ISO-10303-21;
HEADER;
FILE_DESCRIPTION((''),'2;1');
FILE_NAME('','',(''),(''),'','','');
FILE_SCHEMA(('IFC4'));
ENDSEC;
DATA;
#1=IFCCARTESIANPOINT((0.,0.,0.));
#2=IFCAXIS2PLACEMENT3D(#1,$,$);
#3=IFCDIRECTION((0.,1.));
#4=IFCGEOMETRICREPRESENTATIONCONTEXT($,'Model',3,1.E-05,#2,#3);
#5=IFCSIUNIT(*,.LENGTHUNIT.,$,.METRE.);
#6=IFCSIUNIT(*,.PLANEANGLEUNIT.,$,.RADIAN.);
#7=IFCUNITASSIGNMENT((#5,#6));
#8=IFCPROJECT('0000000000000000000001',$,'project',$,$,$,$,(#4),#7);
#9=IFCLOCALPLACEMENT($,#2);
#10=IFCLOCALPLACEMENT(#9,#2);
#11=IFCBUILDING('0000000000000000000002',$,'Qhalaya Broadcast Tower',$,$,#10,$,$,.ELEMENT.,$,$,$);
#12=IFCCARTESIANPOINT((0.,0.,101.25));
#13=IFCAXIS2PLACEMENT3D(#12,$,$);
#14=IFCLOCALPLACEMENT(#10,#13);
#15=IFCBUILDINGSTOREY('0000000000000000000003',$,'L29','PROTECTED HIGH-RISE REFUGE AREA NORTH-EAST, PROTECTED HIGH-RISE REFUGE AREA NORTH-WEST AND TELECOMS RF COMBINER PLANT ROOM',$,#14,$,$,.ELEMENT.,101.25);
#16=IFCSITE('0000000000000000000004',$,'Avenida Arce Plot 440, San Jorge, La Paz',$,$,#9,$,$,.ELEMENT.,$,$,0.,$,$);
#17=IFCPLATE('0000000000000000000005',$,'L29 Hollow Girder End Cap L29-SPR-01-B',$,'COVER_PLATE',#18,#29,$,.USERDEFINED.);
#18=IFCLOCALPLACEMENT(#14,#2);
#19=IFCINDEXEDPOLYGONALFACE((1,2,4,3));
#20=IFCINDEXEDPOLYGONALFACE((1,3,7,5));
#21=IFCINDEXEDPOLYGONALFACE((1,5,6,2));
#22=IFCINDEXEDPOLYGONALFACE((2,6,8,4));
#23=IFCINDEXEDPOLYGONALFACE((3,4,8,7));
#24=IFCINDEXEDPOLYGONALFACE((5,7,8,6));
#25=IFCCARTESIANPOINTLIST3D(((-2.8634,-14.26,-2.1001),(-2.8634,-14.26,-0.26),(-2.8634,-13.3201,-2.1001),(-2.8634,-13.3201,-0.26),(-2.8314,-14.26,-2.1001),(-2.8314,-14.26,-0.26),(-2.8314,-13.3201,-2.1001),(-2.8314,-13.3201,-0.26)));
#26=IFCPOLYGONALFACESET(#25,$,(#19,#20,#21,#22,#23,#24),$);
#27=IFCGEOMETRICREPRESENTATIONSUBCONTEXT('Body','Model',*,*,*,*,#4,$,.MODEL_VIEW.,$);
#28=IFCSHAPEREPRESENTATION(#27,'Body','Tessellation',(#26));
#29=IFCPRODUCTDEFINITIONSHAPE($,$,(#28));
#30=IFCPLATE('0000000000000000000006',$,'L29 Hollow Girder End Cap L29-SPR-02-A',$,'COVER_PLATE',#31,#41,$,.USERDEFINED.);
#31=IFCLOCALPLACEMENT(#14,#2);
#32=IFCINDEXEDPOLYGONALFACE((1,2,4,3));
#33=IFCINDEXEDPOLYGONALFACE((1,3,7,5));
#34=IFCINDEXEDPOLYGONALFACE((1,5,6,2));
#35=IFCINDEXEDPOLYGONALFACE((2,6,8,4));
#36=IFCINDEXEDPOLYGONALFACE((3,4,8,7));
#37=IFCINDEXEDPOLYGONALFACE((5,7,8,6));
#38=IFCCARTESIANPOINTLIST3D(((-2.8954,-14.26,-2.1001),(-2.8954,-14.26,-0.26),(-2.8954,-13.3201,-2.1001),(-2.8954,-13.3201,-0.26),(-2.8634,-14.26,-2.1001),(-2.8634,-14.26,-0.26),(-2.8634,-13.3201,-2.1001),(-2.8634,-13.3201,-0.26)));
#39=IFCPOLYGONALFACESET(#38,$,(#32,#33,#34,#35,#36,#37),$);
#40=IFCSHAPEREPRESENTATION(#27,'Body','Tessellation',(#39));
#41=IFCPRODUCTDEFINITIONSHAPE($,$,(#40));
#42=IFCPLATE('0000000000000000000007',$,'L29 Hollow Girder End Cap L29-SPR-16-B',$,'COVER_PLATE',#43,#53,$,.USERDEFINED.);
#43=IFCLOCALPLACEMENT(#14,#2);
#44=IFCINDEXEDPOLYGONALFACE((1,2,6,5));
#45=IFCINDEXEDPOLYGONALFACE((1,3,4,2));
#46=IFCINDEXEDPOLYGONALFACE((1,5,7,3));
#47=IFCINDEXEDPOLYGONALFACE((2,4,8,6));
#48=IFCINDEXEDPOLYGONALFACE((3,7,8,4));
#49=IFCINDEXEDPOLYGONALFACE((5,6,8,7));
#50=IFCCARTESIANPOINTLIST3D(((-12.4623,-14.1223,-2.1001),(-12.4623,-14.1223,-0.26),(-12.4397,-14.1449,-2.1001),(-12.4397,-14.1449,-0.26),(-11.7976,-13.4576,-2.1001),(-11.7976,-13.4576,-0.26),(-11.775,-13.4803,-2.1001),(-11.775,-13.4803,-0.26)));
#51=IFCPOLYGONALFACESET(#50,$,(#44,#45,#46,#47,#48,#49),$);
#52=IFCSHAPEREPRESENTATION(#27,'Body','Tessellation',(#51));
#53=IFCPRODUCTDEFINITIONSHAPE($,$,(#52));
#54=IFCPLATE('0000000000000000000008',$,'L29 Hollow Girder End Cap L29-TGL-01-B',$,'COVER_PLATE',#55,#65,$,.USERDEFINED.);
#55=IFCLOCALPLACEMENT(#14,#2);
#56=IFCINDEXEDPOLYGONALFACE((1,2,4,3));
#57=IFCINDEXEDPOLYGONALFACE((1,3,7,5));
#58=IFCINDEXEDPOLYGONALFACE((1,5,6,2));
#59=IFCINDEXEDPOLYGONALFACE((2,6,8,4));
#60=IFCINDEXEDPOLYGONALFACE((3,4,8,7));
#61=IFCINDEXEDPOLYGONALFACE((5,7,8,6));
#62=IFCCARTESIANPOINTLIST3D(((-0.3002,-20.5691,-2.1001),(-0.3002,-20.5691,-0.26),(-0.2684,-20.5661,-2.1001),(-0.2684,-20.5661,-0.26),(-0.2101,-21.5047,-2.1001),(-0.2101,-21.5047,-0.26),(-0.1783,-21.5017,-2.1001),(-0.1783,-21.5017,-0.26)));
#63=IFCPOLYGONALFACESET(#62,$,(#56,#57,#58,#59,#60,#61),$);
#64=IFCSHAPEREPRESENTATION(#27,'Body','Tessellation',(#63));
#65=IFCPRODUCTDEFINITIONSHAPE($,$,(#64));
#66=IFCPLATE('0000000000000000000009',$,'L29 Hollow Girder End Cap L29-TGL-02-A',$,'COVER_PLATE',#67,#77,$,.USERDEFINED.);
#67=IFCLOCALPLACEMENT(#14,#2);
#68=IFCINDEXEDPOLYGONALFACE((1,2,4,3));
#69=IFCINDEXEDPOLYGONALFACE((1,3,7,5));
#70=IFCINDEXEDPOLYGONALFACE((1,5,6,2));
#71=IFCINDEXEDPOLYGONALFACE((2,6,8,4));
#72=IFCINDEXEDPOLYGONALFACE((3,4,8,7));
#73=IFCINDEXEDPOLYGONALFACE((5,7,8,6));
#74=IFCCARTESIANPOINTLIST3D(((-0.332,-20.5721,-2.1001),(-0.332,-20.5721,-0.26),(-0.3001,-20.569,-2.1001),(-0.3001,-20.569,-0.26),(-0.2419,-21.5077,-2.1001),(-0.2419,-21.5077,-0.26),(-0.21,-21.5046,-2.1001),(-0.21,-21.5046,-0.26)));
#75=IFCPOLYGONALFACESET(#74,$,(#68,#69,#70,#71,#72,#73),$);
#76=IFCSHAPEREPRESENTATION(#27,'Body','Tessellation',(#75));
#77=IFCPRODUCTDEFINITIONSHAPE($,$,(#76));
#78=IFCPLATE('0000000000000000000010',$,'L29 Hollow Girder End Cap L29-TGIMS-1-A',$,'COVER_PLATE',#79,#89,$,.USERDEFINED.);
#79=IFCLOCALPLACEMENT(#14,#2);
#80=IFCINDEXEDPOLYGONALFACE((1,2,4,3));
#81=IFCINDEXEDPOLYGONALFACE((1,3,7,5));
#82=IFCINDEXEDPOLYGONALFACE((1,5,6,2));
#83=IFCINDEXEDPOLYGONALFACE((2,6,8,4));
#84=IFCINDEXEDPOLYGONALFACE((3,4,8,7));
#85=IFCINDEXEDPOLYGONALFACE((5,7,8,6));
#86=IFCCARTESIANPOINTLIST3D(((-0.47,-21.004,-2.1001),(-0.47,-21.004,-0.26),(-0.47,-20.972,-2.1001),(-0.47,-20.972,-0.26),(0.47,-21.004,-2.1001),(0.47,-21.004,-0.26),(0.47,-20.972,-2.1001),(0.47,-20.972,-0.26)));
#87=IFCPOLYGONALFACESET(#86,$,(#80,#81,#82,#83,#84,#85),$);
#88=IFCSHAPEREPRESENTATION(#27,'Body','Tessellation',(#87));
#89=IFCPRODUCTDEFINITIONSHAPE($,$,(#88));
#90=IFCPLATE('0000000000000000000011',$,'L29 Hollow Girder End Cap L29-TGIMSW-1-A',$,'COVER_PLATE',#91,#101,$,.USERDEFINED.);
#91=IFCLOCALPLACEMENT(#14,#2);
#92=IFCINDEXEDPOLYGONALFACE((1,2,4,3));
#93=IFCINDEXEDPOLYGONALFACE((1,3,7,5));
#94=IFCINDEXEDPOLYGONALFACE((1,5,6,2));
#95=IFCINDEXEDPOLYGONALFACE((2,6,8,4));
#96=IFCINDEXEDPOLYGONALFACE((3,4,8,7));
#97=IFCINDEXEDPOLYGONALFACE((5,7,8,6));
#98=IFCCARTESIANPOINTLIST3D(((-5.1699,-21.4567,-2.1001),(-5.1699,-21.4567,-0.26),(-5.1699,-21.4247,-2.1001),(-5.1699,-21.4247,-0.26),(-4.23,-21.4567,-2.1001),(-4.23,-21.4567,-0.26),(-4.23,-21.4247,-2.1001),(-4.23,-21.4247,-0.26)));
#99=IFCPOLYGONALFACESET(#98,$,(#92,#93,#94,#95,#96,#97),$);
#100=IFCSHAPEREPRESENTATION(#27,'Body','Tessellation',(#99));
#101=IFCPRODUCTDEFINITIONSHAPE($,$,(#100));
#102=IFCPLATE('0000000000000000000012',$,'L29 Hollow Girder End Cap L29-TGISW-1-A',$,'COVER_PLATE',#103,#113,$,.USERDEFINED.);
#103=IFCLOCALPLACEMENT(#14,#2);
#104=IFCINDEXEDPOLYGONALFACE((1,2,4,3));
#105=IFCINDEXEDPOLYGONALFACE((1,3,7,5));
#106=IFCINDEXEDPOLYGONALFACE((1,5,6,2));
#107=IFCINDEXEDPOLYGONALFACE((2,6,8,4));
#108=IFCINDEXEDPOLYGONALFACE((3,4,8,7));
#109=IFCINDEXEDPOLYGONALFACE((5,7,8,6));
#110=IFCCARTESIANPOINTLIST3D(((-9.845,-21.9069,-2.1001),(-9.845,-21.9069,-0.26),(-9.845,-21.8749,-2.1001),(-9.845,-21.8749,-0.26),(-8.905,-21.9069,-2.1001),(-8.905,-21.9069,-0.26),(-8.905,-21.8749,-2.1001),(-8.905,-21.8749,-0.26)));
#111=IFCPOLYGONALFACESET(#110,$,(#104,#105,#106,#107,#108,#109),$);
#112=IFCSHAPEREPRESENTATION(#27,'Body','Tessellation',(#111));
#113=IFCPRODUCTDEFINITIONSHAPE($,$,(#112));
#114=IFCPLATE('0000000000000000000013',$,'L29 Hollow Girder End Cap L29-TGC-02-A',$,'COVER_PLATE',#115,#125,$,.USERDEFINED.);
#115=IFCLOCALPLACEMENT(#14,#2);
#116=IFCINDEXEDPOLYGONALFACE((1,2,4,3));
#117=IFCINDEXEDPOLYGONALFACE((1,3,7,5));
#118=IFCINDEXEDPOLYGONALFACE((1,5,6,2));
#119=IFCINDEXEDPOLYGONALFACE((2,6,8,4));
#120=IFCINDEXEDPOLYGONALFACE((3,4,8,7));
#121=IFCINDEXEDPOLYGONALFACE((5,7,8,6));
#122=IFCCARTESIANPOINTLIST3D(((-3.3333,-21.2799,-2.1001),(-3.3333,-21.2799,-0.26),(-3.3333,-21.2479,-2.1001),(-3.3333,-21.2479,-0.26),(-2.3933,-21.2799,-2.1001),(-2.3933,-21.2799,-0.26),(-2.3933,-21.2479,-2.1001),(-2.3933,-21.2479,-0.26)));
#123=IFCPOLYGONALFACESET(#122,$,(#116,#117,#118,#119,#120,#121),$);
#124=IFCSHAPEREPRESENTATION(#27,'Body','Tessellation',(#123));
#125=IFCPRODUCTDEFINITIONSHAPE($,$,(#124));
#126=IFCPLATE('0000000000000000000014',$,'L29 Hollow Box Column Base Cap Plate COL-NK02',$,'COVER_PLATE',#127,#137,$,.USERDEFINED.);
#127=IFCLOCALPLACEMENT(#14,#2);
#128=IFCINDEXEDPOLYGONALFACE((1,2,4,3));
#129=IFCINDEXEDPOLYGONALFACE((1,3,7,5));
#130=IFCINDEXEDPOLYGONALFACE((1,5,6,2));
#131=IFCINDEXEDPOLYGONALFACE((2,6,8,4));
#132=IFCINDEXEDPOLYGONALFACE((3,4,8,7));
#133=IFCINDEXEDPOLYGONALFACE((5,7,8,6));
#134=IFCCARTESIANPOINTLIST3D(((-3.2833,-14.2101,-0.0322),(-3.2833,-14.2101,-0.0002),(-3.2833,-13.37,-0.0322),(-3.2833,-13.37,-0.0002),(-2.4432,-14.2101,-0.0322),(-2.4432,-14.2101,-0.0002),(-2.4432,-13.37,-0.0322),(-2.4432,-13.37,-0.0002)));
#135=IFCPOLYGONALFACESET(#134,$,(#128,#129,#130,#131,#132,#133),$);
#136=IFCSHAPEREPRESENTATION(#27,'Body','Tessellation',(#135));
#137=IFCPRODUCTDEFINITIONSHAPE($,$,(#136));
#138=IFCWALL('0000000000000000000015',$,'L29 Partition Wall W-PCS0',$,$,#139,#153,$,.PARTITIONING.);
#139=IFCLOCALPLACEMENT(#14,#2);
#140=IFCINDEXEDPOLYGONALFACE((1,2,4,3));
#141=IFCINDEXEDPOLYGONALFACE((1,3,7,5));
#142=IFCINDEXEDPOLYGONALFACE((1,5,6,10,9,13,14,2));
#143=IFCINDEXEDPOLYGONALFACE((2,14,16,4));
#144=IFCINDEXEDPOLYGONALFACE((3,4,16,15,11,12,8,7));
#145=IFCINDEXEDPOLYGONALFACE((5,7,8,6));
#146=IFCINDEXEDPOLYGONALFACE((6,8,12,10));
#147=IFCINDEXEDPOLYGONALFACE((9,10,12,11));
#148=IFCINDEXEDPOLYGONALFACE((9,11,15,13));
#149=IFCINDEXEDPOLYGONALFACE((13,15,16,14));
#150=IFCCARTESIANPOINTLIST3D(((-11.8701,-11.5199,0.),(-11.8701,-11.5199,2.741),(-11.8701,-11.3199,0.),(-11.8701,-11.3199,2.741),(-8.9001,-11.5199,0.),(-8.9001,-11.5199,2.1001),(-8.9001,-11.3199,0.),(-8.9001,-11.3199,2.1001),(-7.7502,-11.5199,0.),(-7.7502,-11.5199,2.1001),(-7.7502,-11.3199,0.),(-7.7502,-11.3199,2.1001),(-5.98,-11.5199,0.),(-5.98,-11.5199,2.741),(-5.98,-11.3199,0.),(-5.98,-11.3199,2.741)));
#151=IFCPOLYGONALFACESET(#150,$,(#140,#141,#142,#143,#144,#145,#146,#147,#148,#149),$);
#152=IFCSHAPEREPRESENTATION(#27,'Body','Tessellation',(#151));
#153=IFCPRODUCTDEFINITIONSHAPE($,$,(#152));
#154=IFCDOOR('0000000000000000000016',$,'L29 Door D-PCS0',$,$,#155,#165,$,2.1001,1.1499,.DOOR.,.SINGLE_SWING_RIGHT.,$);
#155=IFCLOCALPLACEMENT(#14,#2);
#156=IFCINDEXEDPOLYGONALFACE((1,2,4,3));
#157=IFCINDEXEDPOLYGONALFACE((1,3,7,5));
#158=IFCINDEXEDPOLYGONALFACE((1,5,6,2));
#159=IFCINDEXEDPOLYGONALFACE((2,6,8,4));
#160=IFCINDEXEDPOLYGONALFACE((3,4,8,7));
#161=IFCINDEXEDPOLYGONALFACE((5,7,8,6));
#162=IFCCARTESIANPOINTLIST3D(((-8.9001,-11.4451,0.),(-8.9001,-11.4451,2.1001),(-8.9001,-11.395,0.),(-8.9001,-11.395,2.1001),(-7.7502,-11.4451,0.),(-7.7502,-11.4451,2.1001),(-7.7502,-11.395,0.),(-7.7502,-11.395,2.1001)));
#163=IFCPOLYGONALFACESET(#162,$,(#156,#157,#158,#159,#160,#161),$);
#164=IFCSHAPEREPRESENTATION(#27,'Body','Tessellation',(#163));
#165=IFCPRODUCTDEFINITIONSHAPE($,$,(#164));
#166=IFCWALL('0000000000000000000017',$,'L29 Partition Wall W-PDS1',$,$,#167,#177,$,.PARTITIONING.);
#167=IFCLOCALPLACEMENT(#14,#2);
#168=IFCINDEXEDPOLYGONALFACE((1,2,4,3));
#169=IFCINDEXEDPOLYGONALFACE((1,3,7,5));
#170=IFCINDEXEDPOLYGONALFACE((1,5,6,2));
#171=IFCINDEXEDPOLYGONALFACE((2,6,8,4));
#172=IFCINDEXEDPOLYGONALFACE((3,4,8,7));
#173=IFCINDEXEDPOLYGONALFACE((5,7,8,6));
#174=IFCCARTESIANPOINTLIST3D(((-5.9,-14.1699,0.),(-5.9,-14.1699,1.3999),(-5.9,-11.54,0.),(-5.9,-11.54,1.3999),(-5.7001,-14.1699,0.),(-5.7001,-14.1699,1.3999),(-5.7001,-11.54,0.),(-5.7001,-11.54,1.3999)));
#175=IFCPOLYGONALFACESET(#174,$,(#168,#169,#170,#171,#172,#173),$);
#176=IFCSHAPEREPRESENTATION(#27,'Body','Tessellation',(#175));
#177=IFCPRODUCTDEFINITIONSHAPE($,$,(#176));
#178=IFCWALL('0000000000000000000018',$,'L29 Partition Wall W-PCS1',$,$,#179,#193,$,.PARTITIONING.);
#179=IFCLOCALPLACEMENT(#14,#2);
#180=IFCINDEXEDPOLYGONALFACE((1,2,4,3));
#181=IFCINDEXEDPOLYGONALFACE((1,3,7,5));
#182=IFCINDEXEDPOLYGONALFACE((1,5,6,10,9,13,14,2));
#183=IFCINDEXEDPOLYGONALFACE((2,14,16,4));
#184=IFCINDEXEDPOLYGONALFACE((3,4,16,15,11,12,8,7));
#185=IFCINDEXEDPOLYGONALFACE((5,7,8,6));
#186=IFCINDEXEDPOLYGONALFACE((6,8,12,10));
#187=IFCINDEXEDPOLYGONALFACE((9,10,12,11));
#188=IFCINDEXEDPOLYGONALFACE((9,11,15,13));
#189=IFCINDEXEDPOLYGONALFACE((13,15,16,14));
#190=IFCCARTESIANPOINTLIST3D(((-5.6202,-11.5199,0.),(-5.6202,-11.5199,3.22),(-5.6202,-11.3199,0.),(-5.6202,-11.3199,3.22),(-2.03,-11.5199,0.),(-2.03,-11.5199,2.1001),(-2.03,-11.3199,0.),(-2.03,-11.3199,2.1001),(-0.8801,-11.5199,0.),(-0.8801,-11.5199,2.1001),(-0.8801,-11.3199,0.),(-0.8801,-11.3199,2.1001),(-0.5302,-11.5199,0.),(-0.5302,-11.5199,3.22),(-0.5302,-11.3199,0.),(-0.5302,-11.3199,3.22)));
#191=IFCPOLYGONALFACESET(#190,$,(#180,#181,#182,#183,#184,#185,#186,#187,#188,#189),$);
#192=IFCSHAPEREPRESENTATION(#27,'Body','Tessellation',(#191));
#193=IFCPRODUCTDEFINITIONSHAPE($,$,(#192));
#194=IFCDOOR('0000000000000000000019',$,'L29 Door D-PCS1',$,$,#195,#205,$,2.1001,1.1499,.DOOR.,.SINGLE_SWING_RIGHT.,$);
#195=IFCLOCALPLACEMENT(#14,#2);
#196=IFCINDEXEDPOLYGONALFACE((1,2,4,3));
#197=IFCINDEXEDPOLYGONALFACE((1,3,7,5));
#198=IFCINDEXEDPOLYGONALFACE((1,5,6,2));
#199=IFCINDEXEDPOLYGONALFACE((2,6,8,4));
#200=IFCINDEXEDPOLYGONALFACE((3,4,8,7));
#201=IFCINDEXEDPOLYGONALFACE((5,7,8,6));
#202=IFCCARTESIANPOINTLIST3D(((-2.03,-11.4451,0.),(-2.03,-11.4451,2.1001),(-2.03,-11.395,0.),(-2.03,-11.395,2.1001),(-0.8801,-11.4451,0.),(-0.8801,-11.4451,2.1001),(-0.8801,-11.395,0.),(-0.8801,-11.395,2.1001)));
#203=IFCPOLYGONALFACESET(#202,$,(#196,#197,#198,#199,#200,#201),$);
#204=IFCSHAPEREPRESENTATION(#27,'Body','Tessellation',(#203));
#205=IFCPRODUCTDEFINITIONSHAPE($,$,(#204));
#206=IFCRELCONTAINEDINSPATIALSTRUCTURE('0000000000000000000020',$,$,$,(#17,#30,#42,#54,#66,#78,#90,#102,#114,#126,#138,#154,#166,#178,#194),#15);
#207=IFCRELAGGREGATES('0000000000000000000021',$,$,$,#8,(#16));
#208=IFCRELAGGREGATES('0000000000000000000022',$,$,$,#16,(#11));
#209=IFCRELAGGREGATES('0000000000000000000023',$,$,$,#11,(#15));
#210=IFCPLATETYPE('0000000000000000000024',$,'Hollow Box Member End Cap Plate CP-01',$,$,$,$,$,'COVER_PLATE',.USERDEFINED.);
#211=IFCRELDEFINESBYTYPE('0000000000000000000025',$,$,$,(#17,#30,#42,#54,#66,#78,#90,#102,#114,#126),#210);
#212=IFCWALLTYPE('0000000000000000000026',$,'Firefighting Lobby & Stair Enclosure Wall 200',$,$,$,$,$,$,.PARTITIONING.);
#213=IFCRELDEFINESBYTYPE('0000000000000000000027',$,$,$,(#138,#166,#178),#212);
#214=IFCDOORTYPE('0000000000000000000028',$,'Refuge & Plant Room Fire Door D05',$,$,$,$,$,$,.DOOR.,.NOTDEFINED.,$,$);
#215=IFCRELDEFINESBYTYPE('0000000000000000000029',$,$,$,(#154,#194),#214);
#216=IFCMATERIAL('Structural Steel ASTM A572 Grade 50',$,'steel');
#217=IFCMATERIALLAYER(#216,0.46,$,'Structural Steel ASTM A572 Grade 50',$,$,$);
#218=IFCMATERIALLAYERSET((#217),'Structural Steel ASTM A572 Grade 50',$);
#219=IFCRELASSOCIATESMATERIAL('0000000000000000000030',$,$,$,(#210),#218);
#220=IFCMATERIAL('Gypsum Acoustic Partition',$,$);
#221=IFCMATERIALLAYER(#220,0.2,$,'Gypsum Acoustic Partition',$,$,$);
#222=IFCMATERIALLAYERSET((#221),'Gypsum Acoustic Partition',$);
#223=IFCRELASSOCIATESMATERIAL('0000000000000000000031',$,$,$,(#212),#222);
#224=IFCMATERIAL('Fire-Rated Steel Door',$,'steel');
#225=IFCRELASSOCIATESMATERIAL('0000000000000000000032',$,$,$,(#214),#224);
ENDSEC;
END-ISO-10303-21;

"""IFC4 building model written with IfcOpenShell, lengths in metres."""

from ifc_helpers import new_model, si_unit, direction, frame, frame_2d, origin, origin_2d, place, context, subcontext, project, spatial, rectangle, extrude, material, layer, layer_set, type_object, element, fill, save


model = new_model("IFC4")

# Units and contexts
model_context = context("Model", 3, precision=1e-05, world=origin(), true_north=direction((0.0, 1.0)))
body_context = subcontext(model_context, "Body", "Model", "MODEL_VIEW")
ifc_project = project(units=[si_unit("LENGTHUNIT", "METRE"), si_unit("PLANEANGLEUNIT", "RADIAN")], contexts=[model_context])

# Site, building, storey
site_placement = place(None, origin())
site = spatial("IfcSite", under=ifc_project, at=site_placement, Name="Avenida Arce Plot 440, San Jorge, La Paz", CompositionType="ELEMENT", RefElevation=0.0)
building_placement = place(site_placement, origin())
building = spatial("IfcBuilding", under=site, at=building_placement, Name="Qhalaya Broadcast Tower", CompositionType="ELEMENT")
storey_placement = place(building_placement, frame((0.0, 0.0, 101.25)))
storey = spatial("IfcBuildingStorey", under=building, at=storey_placement, Name="L29", Description="PROTECTED HIGH-RISE REFUGE AREA NORTH-EAST, PROTECTED HIGH-RISE REFUGE AREA NORTH-WEST AND TELECOMS RF COMBINER PLANT ROOM", CompositionType="ELEMENT", Elevation=101.25)

# Shared definitions
ifc_material_1 = material(Name="Structural Steel ASTM A572 Grade 50", Category="steel")

# Plates
ifc_layer_1 = layer(ifc_material_1, 0.46, Name="Structural Steel ASTM A572 Grade 50")
ifc_layer_set_1 = layer_set([ifc_layer_1], Name="Structural Steel ASTM A572 Grade 50")
plate_type = type_object("IfcPlateType", Name="Hollow Box Member End Cap Plate CP-01", ElementType="COVER_PLATE", PredefinedType="USERDEFINED", material=ifc_layer_set_1)
for number, where, z_axis, x_axis, name in (
    (1, (-2.8474, -13.79, -2.1001), (0.0, 0.0, 1.0), (0.0, 1.0, 0.0), "L29 Hollow Girder End Cap L29-SPR-01-B"),
    (2, (-2.8794, -13.79, -2.1001), (0.0, 0.0, 1.0), (0.0, 1.0, 0.0), "L29 Hollow Girder End Cap L29-SPR-02-A"),
    (3, (-12.1187, -13.8013, -2.1001), (0.0, 0.0, 1.0), (0.707107, 0.707107, 0.0), "L29 Hollow Girder End Cap L29-SPR-16-B"),
    (4, (-0.2393, -21.0354, -2.1001), (0.0, 0.0, 1.0), (-0.095846, 0.995396, 0.0), "L29 Hollow Girder End Cap L29-TGL-01-B"),
    (5, (-0.271, -21.0383, -2.1001), (0.0, 0.0, 1.0), (-0.095846, 0.995396, 0.0), "L29 Hollow Girder End Cap L29-TGL-02-A"),
    (6, (0.0, -20.988, -2.1001), (0.0, 0.0, 1.0), (-1.0, 0.0, 0.0), "L29 Hollow Girder End Cap L29-TGIMS-1-A"),
    (7, (-4.7, -21.4407, -2.1001), (0.0, 0.0, 1.0), (-1.0, 0.0, 0.0), "L29 Hollow Girder End Cap L29-TGIMSW-1-A"),
    (8, (-9.375, -21.8909, -2.1001), (0.0, 0.0, 1.0), (-1.0, 0.0, 0.0), "L29 Hollow Girder End Cap L29-TGISW-1-A"),
    (9, (-2.8633, -21.2639, -2.1001), (0.0, 0.0, 1.0), (-1.0, 0.0, 0.0), "L29 Hollow Girder End Cap L29-TGC-02-A"),
):
    element("IfcPlate", number, at=place(storey_placement, frame(where, z_axis=z_axis, x_axis=x_axis)), inside=storey, type_object=plate_type, Name=name, ObjectType="COVER_PLATE", PredefinedType="USERDEFINED", context=body_context, shape_type="SweptSolid", body=[
        extrude(rectangle(XDim=0.9399, YDim=0.032, at=origin_2d()), origin(), (0.0, 0.0, 1.0), 1.8401),
    ])
plate_placement = place(storey_placement, frame((-2.8633, -13.79, -0.0322), z_axis=(0.0, 0.0, 1.0), x_axis=(1.0, 0.0, 0.0)))
element("IfcPlate", 10, at=plate_placement, inside=storey, type_object=plate_type, Name="L29 Hollow Box Column Base Cap Plate COL-NK02", ObjectType="COVER_PLATE", PredefinedType="USERDEFINED", context=body_context, shape_type="SweptSolid", body=[
    extrude(rectangle(XDim=0.8401, YDim=0.8401, at=origin_2d()), origin(), (0.0, 0.0, 1.0), 0.032),
])

# Wall, opening, door
ifc_material_2 = material(Name="Gypsum Acoustic Partition")
ifc_layer_2 = layer(ifc_material_2, 0.2, Name="Gypsum Acoustic Partition")
ifc_layer_set_2 = layer_set([ifc_layer_2], Name="Gypsum Acoustic Partition")
wall_type_1 = type_object("IfcWallType", Name="Firefighting Lobby & Stair Enclosure Wall 200", PredefinedType="PARTITIONING", material=ifc_layer_set_2)
wall_1_placement = place(storey_placement, frame((-11.8701, -11.4199, 0.0), z_axis=(0.0, 0.0, 1.0), x_axis=(1.0, 0.0, 0.0)))
wall_1 = element("IfcWall", 11, at=wall_1_placement, inside=storey, type_object=wall_type_1, Name="L29 Partition Wall W-PCS0", PredefinedType="PARTITIONING", context=body_context, shape_type="SweptSolid", body=[
    extrude(rectangle(XDim=5.8901, YDim=0.2, at=frame_2d((2.9451, 0.0))), origin(), (0.0, 0.0, 1.0), 2.741),
])
opening_1_placement = place(wall_1_placement, frame((2.97, 0.0, 0.0)))
opening_1 = element("IfcOpeningElement", 12, at=opening_1_placement, cuts=wall_1, PredefinedType="OPENING", context=body_context, shape_type="SweptSolid", body=[
    extrude(rectangle(XDim=1.1499, YDim=2.1001, at=frame_2d((0.575, 1.05))), frame((0.0, 0.1121, 0.0), z_axis=(0.0, -1.0, 0.0), x_axis=(1.0, 0.0, 0.0)), (0.0, 0.0, 1.0), 0.2239),
])
ifc_material_3 = material(Name="Fire-Rated Steel Door", Category="steel")
door_type = type_object("IfcDoorType", Name="Refuge & Plant Room Fire Door D05", OperationType="NOTDEFINED", PredefinedType="DOOR", material=ifc_material_3)
door_1_placement = place(opening_1_placement, origin())
door_1 = element("IfcDoor", 13, at=door_1_placement, inside=storey, type_object=door_type, Name="L29 Door D-PCS0", OperationType="SINGLE_SWING_RIGHT", OverallHeight=2.1001, OverallWidth=1.1499, PredefinedType="DOOR", context=body_context, shape_type="SweptSolid", body=[
    extrude(rectangle(XDim=1.1499, YDim=2.1001, at=frame_2d((0.575, 1.05))), frame((0.0, 0.0249, 0.0), z_axis=(0.0, -1.0, 0.0), x_axis=(1.0, 0.0, 0.0)), (0.0, 0.0, 1.0), 0.05),
])
fill(opening_1, door_1)

# Wall
wall_2_placement = place(storey_placement, frame((-5.8, -14.1699, 0.0), z_axis=(0.0, 0.0, 1.0), x_axis=(0.0, 1.0, 0.0)))
element("IfcWall", 14, at=wall_2_placement, inside=storey, type_object=wall_type_1, Name="L29 Partition Wall W-PDS1", PredefinedType="PARTITIONING", context=body_context, shape_type="SweptSolid", body=[
    extrude(rectangle(XDim=2.6299, YDim=0.2, at=frame_2d((1.3149, 0.0))), origin(), (0.0, 0.0, 1.0), 1.3999),
])

# Wall, opening, door
wall_3_placement = place(storey_placement, frame((-5.6201, -11.4199, 0.0), z_axis=(0.0, 0.0, 1.0), x_axis=(1.0, 0.0, 0.0)))
wall_3 = element("IfcWall", 15, at=wall_3_placement, inside=storey, type_object=wall_type_1, Name="L29 Partition Wall W-PCS1", PredefinedType="PARTITIONING", context=body_context, shape_type="SweptSolid", body=[
    extrude(rectangle(XDim=5.0901, YDim=0.2, at=frame_2d((2.5449, 0.0))), origin(), (0.0, 0.0, 1.0), 3.22),
])
opening_2_placement = place(wall_3_placement, frame((3.5901, 0.0, 0.0)))
opening_2 = element("IfcOpeningElement", 16, at=opening_2_placement, cuts=wall_3, PredefinedType="OPENING", context=body_context, shape_type="SweptSolid", body=[
    extrude(rectangle(XDim=1.1499, YDim=2.1001, at=frame_2d((0.575, 1.05))), frame((0.0, 0.1121, 0.0), z_axis=(0.0, -1.0, 0.0), x_axis=(1.0, 0.0, 0.0)), (0.0, 0.0, 1.0), 0.2239),
])
door_2_placement = place(opening_2_placement, origin())
door_2 = element("IfcDoor", 17, at=door_2_placement, inside=storey, type_object=door_type, Name="L29 Door D-PCS1", OperationType="SINGLE_SWING_RIGHT", OverallHeight=2.1001, OverallWidth=1.1499, PredefinedType="DOOR", context=body_context, shape_type="SweptSolid", body=[
    extrude(rectangle(XDim=1.1499, YDim=2.1001, at=frame_2d((0.575, 1.05))), frame((0.0, 0.0249, 0.0), z_axis=(0.0, -1.0, 0.0), x_axis=(1.0, 0.0, 0.0)), (0.0, 0.0, 1.0), 0.05),
])
fill(opening_2, door_2)

save(model, "model.ifc")
